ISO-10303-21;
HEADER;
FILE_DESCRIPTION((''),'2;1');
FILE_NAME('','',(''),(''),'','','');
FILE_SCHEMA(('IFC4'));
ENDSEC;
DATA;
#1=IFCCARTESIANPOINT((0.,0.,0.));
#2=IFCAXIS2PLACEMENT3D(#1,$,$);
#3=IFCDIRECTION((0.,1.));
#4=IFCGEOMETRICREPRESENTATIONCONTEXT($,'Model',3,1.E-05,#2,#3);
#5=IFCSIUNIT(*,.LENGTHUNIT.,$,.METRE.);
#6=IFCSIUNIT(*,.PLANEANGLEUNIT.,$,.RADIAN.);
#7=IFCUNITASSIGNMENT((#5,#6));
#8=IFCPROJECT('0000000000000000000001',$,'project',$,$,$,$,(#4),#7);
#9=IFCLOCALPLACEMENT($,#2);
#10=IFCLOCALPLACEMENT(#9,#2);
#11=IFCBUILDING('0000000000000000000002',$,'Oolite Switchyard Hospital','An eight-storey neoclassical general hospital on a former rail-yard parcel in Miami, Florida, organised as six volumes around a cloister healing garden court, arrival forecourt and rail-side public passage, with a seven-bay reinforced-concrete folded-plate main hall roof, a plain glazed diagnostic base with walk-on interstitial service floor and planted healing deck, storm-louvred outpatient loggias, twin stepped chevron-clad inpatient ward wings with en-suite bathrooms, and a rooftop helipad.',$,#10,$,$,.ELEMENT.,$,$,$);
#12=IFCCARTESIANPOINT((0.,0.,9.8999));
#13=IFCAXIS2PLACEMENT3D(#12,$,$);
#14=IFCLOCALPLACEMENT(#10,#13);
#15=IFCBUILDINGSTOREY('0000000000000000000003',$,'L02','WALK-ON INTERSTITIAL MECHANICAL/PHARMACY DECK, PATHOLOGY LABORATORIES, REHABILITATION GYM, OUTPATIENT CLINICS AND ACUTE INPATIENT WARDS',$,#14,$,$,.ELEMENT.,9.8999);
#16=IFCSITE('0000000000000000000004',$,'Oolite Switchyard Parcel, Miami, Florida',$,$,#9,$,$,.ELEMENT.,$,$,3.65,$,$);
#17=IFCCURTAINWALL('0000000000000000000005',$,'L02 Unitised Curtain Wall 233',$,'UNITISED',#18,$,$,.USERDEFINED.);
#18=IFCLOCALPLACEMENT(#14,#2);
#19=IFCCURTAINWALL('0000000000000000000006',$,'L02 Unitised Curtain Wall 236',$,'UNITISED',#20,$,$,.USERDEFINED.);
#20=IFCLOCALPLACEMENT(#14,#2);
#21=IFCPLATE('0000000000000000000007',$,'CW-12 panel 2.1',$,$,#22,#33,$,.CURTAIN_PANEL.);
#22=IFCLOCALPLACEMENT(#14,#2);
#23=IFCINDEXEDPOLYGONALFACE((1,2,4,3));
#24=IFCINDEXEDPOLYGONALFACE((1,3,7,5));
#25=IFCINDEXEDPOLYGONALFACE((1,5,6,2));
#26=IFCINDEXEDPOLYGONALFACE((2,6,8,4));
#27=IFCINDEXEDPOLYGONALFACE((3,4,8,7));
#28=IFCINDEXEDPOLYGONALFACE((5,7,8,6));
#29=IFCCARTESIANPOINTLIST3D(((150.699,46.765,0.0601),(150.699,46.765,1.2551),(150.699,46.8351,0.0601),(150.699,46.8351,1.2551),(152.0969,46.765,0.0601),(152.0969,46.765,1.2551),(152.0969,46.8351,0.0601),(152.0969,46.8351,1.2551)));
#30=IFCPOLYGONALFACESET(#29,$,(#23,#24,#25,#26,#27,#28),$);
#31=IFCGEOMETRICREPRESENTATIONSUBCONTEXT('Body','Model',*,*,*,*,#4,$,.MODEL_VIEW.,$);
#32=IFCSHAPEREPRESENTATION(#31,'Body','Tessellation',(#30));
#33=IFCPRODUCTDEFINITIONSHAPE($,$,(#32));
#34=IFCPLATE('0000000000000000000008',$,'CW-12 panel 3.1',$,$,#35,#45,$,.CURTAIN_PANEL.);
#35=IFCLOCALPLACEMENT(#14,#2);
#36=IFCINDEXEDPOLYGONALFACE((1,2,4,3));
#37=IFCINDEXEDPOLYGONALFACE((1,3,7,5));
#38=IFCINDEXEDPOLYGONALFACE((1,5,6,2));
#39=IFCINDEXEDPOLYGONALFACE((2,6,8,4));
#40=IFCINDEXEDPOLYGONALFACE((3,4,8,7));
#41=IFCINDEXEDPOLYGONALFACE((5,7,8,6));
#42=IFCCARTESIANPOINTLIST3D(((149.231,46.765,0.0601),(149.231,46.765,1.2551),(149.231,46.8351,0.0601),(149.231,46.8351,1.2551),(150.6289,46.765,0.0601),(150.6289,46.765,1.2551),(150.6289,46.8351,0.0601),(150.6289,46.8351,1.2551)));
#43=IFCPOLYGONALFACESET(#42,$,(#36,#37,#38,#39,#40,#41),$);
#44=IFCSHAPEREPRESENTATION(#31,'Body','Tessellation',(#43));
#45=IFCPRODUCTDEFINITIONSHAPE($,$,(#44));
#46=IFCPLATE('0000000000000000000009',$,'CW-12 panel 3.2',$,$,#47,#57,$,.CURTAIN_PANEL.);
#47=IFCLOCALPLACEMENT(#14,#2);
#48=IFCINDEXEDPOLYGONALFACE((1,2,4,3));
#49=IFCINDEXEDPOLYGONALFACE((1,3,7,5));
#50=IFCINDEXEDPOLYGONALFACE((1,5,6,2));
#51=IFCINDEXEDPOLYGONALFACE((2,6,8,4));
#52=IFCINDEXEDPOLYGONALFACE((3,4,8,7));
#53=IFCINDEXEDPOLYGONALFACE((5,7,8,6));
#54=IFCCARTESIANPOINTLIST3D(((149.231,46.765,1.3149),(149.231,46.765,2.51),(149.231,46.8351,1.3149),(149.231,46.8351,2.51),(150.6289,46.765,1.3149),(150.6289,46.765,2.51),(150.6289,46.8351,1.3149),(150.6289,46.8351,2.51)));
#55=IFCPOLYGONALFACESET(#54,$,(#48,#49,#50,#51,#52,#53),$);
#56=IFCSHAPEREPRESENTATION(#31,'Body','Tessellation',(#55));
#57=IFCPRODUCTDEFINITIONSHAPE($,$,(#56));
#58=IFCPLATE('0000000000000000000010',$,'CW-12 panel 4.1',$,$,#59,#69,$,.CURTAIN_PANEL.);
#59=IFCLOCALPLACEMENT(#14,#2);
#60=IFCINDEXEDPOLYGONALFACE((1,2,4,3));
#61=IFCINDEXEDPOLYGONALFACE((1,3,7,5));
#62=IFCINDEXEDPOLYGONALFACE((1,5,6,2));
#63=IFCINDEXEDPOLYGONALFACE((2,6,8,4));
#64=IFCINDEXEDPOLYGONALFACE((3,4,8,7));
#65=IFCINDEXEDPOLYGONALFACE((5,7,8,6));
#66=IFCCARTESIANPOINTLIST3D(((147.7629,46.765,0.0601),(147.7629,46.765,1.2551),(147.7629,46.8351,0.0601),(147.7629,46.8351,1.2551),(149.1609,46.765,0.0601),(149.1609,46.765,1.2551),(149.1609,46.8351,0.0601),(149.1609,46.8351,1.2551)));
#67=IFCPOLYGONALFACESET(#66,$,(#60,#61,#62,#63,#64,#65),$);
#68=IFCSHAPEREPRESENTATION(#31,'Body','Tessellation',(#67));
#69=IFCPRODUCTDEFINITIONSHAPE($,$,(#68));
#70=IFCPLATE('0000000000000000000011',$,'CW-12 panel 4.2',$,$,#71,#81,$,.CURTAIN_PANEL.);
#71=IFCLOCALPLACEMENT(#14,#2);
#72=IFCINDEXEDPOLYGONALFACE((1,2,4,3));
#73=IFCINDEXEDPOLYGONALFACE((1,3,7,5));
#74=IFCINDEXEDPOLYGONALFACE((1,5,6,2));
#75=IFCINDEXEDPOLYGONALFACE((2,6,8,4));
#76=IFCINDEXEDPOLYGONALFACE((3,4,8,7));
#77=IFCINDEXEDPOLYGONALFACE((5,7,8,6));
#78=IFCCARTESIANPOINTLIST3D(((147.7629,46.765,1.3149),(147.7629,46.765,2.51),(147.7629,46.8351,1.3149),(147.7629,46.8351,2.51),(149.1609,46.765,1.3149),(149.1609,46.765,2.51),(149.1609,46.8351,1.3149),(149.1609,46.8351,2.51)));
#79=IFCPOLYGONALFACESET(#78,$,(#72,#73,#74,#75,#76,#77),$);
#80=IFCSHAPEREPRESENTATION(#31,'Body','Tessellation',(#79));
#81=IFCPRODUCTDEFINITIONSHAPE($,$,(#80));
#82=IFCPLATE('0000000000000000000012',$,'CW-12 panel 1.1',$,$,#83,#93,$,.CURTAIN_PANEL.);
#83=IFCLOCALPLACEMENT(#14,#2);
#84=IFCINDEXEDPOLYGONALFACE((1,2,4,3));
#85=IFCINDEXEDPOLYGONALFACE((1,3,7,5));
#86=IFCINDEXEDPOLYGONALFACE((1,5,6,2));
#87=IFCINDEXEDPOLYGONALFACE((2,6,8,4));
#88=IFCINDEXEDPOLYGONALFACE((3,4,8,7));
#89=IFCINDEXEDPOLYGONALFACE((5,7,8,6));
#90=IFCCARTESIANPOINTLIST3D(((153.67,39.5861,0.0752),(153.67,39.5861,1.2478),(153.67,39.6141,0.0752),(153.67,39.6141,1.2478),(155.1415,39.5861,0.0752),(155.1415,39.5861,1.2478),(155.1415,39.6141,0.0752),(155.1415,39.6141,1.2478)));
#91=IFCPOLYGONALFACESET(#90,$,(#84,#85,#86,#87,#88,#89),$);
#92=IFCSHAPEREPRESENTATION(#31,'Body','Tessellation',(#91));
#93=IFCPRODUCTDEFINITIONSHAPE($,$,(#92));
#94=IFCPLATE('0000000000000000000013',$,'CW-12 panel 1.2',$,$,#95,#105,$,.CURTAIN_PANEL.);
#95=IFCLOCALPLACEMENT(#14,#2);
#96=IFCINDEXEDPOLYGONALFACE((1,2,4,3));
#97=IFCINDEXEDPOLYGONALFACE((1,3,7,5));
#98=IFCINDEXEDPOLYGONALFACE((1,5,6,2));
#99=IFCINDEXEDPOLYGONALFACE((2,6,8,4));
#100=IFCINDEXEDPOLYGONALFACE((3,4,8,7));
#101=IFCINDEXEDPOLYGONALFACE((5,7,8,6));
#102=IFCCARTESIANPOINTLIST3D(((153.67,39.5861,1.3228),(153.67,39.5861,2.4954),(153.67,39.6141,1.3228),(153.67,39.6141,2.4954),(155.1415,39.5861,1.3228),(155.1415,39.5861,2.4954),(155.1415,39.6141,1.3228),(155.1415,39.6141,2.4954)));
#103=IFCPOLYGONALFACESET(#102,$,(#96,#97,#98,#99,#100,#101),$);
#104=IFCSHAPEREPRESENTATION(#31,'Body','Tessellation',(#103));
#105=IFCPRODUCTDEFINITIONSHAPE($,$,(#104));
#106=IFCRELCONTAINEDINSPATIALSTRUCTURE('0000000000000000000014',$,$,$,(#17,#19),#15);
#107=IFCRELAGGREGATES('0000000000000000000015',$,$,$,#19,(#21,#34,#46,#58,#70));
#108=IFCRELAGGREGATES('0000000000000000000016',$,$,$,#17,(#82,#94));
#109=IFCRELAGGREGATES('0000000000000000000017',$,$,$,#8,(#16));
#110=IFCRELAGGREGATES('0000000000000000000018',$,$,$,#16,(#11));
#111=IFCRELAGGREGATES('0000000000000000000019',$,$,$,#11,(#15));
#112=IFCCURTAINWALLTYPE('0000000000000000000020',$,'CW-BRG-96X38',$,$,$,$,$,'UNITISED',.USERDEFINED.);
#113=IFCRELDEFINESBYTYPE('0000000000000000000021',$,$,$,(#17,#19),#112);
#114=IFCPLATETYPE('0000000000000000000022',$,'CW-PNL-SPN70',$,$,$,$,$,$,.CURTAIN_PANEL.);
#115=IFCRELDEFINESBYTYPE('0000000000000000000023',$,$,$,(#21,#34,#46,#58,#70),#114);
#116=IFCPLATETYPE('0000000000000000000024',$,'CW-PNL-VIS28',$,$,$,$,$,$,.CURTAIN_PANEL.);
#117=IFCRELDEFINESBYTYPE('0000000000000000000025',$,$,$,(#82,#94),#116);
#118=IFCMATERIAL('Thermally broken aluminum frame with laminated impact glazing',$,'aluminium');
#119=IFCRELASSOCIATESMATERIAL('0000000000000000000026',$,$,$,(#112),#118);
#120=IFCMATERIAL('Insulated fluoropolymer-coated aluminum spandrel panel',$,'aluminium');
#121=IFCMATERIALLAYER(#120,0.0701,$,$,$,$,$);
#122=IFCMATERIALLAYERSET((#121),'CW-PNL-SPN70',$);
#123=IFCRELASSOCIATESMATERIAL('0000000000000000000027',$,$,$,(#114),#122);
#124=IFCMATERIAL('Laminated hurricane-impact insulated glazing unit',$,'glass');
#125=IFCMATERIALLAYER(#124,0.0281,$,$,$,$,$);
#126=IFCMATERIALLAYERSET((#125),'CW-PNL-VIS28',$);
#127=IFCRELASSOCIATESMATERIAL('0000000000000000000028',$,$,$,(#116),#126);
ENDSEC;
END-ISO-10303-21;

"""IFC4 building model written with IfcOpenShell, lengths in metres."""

from ifc_helpers import new_model, si_unit, direction, frame, origin, origin_2d, place, context, subcontext, project, spatial, rectangle, extrude, material, layer, layer_set, type_object, element, aggregate, save


model = new_model("IFC4")

# Units and contexts
model_context = context("Model", 3, precision=1e-05, world=origin(), true_north=direction((0.0, 1.0)))
body_context = subcontext(model_context, "Body", "Model", "MODEL_VIEW")
ifc_project = project(units=[si_unit("LENGTHUNIT", "METRE"), si_unit("PLANEANGLEUNIT", "RADIAN")], contexts=[model_context])

# Site, building, storey
site_placement = place(None, origin())
site = spatial("IfcSite", under=ifc_project, at=site_placement, Name="Oolite Switchyard Parcel, Miami, Florida", CompositionType="ELEMENT", RefElevation=3.65)
building_placement = place(site_placement, origin())
building = spatial("IfcBuilding", under=site, at=building_placement, Name="Oolite Switchyard Hospital", Description="An eight-storey neoclassical general hospital on a former rail-yard parcel in Miami, Florida, organised as six volumes around a cloister healing garden court, arrival forecourt and rail-side public passage, with a seven-bay reinforced-concrete folded-plate main hall roof, a plain glazed diagnostic base with walk-on interstitial service floor and planted healing deck, storm-louvred outpatient loggias, twin stepped chevron-clad inpatient ward wings with en-suite bathrooms, and a rooftop helipad.", CompositionType="ELEMENT")
storey_placement = place(building_placement, frame((0.0, 0.0, 9.8999)))
storey = spatial("IfcBuildingStorey", under=building, at=storey_placement, Name="L02", Description="WALK-ON INTERSTITIAL MECHANICAL/PHARMACY DECK, PATHOLOGY LABORATORIES, REHABILITATION GYM, OUTPATIENT CLINICS AND ACUTE INPATIENT WARDS", CompositionType="ELEMENT", Elevation=9.8999)

# Curtain wall
ifc_material_1 = material(Name="Thermally broken aluminum frame with laminated impact glazing", Category="aluminium")
curtain_wall_type = type_object("IfcCurtainWallType", Name="CW-BRG-96X38", ElementType="UNITISED", PredefinedType="USERDEFINED", material=ifc_material_1)
curtain_wall_1_placement = place(storey_placement, origin())
curtain_wall_1 = element("IfcCurtainWall", 1, at=curtain_wall_1_placement, inside=storey, type_object=curtain_wall_type, Name="L02 Unitised Curtain Wall 233", ObjectType="UNITISED", PredefinedType="USERDEFINED")

# Curtain wall
curtain_wall_2_placement = place(storey_placement, origin())
curtain_wall_2 = element("IfcCurtainWall", 2, at=curtain_wall_2_placement, inside=storey, type_object=curtain_wall_type, Name="L02 Unitised Curtain Wall 236", ObjectType="UNITISED", PredefinedType="USERDEFINED")

# Plates
ifc_material_2 = material(Name="Insulated fluoropolymer-coated aluminum spandrel panel", Category="aluminium")
ifc_layer_1 = layer(ifc_material_2, 0.0701)
ifc_layer_set_1 = layer_set([ifc_layer_1], Name="CW-PNL-SPN70")
plate_type_1 = type_object("IfcPlateType", Name="CW-PNL-SPN70", PredefinedType="CURTAIN_PANEL", material=ifc_layer_set_1)
plate_1_placement = place(storey_placement, frame((151.3979, 46.8, 0.0601), z_axis=(0.0, 0.0, 1.0), x_axis=(-1.0, 0.0, 0.0)))
plate_1 = element("IfcPlate", 3, at=plate_1_placement, type_object=plate_type_1, Name="CW-12 panel 2.1", PredefinedType="CURTAIN_PANEL", context=body_context, shape_type="SweptSolid", body=[
    extrude(rectangle(XDim=1.3979, YDim=0.0701, at=origin_2d()), origin(), (0.0, 0.0, 1.0), 1.1951),
])
plate_2_placement = place(storey_placement, frame((149.9299, 46.8, 0.0601), z_axis=(0.0, 0.0, 1.0), x_axis=(-1.0, 0.0, 0.0)))
plate_2 = element("IfcPlate", 4, at=plate_2_placement, type_object=plate_type_1, Name="CW-12 panel 3.1", PredefinedType="CURTAIN_PANEL", context=body_context, shape_type="SweptSolid", body=[
    extrude(rectangle(XDim=1.3979, YDim=0.0701, at=origin_2d()), origin(), (0.0, 0.0, 1.0), 1.1951),
])
plate_3_placement = place(storey_placement, frame((149.9299, 46.8, 1.3149), z_axis=(0.0, 0.0, 1.0), x_axis=(-1.0, 0.0, 0.0)))
plate_3 = element("IfcPlate", 5, at=plate_3_placement, type_object=plate_type_1, Name="CW-12 panel 3.2", PredefinedType="CURTAIN_PANEL", context=body_context, shape_type="SweptSolid", body=[
    extrude(rectangle(XDim=1.3979, YDim=0.0701, at=origin_2d()), origin(), (0.0, 0.0, 1.0), 1.1951),
])
plate_4_placement = place(storey_placement, frame((148.4619, 46.8, 0.0601), z_axis=(0.0, 0.0, 1.0), x_axis=(-1.0, 0.0, 0.0)))
plate_4 = element("IfcPlate", 6, at=plate_4_placement, type_object=plate_type_1, Name="CW-12 panel 4.1", PredefinedType="CURTAIN_PANEL", context=body_context, shape_type="SweptSolid", body=[
    extrude(rectangle(XDim=1.3979, YDim=0.0701, at=origin_2d()), origin(), (0.0, 0.0, 1.0), 1.1951),
])
plate_5_placement = place(storey_placement, frame((148.4619, 46.8, 1.3149), z_axis=(0.0, 0.0, 1.0), x_axis=(-1.0, 0.0, 0.0)))
plate_5 = element("IfcPlate", 7, at=plate_5_placement, type_object=plate_type_1, Name="CW-12 panel 4.2", PredefinedType="CURTAIN_PANEL", context=body_context, shape_type="SweptSolid", body=[
    extrude(rectangle(XDim=1.3979, YDim=0.0701, at=origin_2d()), origin(), (0.0, 0.0, 1.0), 1.1951),
])
aggregate(curtain_wall_2, [plate_1, plate_2, plate_3, plate_4, plate_5])
ifc_material_3 = material(Name="Laminated hurricane-impact insulated glazing unit", Category="glass")
ifc_layer_2 = layer(ifc_material_3, 0.0281)
ifc_layer_set_2 = layer_set([ifc_layer_2], Name="CW-PNL-VIS28")
plate_type_2 = type_object("IfcPlateType", Name="CW-PNL-VIS28", PredefinedType="CURTAIN_PANEL", material=ifc_layer_set_2)
plate_6_placement = place(storey_placement, frame((154.4058, 39.6001, 0.0752), z_axis=(0.0, 0.0, 1.0), x_axis=(1.0, 0.0, 0.0)))
plate_6 = element("IfcPlate", 8, at=plate_6_placement, type_object=plate_type_2, Name="CW-12 panel 1.1", PredefinedType="CURTAIN_PANEL", context=body_context, shape_type="SweptSolid", body=[
    extrude(rectangle(XDim=1.4714, YDim=0.0281, at=origin_2d()), origin(), (0.0, 0.0, 1.0), 1.1726),
])
plate_7_placement = place(storey_placement, frame((154.4058, 39.6001, 1.3228), z_axis=(0.0, 0.0, 1.0), x_axis=(1.0, 0.0, 0.0)))
plate_7 = element("IfcPlate", 9, at=plate_7_placement, type_object=plate_type_2, Name="CW-12 panel 1.2", PredefinedType="CURTAIN_PANEL", context=body_context, shape_type="SweptSolid", body=[
    extrude(rectangle(XDim=1.4714, YDim=0.0281, at=origin_2d()), origin(), (0.0, 0.0, 1.0), 1.1726),
])
aggregate(curtain_wall_1, [plate_6, plate_7])

save(model, "model.ifc")
